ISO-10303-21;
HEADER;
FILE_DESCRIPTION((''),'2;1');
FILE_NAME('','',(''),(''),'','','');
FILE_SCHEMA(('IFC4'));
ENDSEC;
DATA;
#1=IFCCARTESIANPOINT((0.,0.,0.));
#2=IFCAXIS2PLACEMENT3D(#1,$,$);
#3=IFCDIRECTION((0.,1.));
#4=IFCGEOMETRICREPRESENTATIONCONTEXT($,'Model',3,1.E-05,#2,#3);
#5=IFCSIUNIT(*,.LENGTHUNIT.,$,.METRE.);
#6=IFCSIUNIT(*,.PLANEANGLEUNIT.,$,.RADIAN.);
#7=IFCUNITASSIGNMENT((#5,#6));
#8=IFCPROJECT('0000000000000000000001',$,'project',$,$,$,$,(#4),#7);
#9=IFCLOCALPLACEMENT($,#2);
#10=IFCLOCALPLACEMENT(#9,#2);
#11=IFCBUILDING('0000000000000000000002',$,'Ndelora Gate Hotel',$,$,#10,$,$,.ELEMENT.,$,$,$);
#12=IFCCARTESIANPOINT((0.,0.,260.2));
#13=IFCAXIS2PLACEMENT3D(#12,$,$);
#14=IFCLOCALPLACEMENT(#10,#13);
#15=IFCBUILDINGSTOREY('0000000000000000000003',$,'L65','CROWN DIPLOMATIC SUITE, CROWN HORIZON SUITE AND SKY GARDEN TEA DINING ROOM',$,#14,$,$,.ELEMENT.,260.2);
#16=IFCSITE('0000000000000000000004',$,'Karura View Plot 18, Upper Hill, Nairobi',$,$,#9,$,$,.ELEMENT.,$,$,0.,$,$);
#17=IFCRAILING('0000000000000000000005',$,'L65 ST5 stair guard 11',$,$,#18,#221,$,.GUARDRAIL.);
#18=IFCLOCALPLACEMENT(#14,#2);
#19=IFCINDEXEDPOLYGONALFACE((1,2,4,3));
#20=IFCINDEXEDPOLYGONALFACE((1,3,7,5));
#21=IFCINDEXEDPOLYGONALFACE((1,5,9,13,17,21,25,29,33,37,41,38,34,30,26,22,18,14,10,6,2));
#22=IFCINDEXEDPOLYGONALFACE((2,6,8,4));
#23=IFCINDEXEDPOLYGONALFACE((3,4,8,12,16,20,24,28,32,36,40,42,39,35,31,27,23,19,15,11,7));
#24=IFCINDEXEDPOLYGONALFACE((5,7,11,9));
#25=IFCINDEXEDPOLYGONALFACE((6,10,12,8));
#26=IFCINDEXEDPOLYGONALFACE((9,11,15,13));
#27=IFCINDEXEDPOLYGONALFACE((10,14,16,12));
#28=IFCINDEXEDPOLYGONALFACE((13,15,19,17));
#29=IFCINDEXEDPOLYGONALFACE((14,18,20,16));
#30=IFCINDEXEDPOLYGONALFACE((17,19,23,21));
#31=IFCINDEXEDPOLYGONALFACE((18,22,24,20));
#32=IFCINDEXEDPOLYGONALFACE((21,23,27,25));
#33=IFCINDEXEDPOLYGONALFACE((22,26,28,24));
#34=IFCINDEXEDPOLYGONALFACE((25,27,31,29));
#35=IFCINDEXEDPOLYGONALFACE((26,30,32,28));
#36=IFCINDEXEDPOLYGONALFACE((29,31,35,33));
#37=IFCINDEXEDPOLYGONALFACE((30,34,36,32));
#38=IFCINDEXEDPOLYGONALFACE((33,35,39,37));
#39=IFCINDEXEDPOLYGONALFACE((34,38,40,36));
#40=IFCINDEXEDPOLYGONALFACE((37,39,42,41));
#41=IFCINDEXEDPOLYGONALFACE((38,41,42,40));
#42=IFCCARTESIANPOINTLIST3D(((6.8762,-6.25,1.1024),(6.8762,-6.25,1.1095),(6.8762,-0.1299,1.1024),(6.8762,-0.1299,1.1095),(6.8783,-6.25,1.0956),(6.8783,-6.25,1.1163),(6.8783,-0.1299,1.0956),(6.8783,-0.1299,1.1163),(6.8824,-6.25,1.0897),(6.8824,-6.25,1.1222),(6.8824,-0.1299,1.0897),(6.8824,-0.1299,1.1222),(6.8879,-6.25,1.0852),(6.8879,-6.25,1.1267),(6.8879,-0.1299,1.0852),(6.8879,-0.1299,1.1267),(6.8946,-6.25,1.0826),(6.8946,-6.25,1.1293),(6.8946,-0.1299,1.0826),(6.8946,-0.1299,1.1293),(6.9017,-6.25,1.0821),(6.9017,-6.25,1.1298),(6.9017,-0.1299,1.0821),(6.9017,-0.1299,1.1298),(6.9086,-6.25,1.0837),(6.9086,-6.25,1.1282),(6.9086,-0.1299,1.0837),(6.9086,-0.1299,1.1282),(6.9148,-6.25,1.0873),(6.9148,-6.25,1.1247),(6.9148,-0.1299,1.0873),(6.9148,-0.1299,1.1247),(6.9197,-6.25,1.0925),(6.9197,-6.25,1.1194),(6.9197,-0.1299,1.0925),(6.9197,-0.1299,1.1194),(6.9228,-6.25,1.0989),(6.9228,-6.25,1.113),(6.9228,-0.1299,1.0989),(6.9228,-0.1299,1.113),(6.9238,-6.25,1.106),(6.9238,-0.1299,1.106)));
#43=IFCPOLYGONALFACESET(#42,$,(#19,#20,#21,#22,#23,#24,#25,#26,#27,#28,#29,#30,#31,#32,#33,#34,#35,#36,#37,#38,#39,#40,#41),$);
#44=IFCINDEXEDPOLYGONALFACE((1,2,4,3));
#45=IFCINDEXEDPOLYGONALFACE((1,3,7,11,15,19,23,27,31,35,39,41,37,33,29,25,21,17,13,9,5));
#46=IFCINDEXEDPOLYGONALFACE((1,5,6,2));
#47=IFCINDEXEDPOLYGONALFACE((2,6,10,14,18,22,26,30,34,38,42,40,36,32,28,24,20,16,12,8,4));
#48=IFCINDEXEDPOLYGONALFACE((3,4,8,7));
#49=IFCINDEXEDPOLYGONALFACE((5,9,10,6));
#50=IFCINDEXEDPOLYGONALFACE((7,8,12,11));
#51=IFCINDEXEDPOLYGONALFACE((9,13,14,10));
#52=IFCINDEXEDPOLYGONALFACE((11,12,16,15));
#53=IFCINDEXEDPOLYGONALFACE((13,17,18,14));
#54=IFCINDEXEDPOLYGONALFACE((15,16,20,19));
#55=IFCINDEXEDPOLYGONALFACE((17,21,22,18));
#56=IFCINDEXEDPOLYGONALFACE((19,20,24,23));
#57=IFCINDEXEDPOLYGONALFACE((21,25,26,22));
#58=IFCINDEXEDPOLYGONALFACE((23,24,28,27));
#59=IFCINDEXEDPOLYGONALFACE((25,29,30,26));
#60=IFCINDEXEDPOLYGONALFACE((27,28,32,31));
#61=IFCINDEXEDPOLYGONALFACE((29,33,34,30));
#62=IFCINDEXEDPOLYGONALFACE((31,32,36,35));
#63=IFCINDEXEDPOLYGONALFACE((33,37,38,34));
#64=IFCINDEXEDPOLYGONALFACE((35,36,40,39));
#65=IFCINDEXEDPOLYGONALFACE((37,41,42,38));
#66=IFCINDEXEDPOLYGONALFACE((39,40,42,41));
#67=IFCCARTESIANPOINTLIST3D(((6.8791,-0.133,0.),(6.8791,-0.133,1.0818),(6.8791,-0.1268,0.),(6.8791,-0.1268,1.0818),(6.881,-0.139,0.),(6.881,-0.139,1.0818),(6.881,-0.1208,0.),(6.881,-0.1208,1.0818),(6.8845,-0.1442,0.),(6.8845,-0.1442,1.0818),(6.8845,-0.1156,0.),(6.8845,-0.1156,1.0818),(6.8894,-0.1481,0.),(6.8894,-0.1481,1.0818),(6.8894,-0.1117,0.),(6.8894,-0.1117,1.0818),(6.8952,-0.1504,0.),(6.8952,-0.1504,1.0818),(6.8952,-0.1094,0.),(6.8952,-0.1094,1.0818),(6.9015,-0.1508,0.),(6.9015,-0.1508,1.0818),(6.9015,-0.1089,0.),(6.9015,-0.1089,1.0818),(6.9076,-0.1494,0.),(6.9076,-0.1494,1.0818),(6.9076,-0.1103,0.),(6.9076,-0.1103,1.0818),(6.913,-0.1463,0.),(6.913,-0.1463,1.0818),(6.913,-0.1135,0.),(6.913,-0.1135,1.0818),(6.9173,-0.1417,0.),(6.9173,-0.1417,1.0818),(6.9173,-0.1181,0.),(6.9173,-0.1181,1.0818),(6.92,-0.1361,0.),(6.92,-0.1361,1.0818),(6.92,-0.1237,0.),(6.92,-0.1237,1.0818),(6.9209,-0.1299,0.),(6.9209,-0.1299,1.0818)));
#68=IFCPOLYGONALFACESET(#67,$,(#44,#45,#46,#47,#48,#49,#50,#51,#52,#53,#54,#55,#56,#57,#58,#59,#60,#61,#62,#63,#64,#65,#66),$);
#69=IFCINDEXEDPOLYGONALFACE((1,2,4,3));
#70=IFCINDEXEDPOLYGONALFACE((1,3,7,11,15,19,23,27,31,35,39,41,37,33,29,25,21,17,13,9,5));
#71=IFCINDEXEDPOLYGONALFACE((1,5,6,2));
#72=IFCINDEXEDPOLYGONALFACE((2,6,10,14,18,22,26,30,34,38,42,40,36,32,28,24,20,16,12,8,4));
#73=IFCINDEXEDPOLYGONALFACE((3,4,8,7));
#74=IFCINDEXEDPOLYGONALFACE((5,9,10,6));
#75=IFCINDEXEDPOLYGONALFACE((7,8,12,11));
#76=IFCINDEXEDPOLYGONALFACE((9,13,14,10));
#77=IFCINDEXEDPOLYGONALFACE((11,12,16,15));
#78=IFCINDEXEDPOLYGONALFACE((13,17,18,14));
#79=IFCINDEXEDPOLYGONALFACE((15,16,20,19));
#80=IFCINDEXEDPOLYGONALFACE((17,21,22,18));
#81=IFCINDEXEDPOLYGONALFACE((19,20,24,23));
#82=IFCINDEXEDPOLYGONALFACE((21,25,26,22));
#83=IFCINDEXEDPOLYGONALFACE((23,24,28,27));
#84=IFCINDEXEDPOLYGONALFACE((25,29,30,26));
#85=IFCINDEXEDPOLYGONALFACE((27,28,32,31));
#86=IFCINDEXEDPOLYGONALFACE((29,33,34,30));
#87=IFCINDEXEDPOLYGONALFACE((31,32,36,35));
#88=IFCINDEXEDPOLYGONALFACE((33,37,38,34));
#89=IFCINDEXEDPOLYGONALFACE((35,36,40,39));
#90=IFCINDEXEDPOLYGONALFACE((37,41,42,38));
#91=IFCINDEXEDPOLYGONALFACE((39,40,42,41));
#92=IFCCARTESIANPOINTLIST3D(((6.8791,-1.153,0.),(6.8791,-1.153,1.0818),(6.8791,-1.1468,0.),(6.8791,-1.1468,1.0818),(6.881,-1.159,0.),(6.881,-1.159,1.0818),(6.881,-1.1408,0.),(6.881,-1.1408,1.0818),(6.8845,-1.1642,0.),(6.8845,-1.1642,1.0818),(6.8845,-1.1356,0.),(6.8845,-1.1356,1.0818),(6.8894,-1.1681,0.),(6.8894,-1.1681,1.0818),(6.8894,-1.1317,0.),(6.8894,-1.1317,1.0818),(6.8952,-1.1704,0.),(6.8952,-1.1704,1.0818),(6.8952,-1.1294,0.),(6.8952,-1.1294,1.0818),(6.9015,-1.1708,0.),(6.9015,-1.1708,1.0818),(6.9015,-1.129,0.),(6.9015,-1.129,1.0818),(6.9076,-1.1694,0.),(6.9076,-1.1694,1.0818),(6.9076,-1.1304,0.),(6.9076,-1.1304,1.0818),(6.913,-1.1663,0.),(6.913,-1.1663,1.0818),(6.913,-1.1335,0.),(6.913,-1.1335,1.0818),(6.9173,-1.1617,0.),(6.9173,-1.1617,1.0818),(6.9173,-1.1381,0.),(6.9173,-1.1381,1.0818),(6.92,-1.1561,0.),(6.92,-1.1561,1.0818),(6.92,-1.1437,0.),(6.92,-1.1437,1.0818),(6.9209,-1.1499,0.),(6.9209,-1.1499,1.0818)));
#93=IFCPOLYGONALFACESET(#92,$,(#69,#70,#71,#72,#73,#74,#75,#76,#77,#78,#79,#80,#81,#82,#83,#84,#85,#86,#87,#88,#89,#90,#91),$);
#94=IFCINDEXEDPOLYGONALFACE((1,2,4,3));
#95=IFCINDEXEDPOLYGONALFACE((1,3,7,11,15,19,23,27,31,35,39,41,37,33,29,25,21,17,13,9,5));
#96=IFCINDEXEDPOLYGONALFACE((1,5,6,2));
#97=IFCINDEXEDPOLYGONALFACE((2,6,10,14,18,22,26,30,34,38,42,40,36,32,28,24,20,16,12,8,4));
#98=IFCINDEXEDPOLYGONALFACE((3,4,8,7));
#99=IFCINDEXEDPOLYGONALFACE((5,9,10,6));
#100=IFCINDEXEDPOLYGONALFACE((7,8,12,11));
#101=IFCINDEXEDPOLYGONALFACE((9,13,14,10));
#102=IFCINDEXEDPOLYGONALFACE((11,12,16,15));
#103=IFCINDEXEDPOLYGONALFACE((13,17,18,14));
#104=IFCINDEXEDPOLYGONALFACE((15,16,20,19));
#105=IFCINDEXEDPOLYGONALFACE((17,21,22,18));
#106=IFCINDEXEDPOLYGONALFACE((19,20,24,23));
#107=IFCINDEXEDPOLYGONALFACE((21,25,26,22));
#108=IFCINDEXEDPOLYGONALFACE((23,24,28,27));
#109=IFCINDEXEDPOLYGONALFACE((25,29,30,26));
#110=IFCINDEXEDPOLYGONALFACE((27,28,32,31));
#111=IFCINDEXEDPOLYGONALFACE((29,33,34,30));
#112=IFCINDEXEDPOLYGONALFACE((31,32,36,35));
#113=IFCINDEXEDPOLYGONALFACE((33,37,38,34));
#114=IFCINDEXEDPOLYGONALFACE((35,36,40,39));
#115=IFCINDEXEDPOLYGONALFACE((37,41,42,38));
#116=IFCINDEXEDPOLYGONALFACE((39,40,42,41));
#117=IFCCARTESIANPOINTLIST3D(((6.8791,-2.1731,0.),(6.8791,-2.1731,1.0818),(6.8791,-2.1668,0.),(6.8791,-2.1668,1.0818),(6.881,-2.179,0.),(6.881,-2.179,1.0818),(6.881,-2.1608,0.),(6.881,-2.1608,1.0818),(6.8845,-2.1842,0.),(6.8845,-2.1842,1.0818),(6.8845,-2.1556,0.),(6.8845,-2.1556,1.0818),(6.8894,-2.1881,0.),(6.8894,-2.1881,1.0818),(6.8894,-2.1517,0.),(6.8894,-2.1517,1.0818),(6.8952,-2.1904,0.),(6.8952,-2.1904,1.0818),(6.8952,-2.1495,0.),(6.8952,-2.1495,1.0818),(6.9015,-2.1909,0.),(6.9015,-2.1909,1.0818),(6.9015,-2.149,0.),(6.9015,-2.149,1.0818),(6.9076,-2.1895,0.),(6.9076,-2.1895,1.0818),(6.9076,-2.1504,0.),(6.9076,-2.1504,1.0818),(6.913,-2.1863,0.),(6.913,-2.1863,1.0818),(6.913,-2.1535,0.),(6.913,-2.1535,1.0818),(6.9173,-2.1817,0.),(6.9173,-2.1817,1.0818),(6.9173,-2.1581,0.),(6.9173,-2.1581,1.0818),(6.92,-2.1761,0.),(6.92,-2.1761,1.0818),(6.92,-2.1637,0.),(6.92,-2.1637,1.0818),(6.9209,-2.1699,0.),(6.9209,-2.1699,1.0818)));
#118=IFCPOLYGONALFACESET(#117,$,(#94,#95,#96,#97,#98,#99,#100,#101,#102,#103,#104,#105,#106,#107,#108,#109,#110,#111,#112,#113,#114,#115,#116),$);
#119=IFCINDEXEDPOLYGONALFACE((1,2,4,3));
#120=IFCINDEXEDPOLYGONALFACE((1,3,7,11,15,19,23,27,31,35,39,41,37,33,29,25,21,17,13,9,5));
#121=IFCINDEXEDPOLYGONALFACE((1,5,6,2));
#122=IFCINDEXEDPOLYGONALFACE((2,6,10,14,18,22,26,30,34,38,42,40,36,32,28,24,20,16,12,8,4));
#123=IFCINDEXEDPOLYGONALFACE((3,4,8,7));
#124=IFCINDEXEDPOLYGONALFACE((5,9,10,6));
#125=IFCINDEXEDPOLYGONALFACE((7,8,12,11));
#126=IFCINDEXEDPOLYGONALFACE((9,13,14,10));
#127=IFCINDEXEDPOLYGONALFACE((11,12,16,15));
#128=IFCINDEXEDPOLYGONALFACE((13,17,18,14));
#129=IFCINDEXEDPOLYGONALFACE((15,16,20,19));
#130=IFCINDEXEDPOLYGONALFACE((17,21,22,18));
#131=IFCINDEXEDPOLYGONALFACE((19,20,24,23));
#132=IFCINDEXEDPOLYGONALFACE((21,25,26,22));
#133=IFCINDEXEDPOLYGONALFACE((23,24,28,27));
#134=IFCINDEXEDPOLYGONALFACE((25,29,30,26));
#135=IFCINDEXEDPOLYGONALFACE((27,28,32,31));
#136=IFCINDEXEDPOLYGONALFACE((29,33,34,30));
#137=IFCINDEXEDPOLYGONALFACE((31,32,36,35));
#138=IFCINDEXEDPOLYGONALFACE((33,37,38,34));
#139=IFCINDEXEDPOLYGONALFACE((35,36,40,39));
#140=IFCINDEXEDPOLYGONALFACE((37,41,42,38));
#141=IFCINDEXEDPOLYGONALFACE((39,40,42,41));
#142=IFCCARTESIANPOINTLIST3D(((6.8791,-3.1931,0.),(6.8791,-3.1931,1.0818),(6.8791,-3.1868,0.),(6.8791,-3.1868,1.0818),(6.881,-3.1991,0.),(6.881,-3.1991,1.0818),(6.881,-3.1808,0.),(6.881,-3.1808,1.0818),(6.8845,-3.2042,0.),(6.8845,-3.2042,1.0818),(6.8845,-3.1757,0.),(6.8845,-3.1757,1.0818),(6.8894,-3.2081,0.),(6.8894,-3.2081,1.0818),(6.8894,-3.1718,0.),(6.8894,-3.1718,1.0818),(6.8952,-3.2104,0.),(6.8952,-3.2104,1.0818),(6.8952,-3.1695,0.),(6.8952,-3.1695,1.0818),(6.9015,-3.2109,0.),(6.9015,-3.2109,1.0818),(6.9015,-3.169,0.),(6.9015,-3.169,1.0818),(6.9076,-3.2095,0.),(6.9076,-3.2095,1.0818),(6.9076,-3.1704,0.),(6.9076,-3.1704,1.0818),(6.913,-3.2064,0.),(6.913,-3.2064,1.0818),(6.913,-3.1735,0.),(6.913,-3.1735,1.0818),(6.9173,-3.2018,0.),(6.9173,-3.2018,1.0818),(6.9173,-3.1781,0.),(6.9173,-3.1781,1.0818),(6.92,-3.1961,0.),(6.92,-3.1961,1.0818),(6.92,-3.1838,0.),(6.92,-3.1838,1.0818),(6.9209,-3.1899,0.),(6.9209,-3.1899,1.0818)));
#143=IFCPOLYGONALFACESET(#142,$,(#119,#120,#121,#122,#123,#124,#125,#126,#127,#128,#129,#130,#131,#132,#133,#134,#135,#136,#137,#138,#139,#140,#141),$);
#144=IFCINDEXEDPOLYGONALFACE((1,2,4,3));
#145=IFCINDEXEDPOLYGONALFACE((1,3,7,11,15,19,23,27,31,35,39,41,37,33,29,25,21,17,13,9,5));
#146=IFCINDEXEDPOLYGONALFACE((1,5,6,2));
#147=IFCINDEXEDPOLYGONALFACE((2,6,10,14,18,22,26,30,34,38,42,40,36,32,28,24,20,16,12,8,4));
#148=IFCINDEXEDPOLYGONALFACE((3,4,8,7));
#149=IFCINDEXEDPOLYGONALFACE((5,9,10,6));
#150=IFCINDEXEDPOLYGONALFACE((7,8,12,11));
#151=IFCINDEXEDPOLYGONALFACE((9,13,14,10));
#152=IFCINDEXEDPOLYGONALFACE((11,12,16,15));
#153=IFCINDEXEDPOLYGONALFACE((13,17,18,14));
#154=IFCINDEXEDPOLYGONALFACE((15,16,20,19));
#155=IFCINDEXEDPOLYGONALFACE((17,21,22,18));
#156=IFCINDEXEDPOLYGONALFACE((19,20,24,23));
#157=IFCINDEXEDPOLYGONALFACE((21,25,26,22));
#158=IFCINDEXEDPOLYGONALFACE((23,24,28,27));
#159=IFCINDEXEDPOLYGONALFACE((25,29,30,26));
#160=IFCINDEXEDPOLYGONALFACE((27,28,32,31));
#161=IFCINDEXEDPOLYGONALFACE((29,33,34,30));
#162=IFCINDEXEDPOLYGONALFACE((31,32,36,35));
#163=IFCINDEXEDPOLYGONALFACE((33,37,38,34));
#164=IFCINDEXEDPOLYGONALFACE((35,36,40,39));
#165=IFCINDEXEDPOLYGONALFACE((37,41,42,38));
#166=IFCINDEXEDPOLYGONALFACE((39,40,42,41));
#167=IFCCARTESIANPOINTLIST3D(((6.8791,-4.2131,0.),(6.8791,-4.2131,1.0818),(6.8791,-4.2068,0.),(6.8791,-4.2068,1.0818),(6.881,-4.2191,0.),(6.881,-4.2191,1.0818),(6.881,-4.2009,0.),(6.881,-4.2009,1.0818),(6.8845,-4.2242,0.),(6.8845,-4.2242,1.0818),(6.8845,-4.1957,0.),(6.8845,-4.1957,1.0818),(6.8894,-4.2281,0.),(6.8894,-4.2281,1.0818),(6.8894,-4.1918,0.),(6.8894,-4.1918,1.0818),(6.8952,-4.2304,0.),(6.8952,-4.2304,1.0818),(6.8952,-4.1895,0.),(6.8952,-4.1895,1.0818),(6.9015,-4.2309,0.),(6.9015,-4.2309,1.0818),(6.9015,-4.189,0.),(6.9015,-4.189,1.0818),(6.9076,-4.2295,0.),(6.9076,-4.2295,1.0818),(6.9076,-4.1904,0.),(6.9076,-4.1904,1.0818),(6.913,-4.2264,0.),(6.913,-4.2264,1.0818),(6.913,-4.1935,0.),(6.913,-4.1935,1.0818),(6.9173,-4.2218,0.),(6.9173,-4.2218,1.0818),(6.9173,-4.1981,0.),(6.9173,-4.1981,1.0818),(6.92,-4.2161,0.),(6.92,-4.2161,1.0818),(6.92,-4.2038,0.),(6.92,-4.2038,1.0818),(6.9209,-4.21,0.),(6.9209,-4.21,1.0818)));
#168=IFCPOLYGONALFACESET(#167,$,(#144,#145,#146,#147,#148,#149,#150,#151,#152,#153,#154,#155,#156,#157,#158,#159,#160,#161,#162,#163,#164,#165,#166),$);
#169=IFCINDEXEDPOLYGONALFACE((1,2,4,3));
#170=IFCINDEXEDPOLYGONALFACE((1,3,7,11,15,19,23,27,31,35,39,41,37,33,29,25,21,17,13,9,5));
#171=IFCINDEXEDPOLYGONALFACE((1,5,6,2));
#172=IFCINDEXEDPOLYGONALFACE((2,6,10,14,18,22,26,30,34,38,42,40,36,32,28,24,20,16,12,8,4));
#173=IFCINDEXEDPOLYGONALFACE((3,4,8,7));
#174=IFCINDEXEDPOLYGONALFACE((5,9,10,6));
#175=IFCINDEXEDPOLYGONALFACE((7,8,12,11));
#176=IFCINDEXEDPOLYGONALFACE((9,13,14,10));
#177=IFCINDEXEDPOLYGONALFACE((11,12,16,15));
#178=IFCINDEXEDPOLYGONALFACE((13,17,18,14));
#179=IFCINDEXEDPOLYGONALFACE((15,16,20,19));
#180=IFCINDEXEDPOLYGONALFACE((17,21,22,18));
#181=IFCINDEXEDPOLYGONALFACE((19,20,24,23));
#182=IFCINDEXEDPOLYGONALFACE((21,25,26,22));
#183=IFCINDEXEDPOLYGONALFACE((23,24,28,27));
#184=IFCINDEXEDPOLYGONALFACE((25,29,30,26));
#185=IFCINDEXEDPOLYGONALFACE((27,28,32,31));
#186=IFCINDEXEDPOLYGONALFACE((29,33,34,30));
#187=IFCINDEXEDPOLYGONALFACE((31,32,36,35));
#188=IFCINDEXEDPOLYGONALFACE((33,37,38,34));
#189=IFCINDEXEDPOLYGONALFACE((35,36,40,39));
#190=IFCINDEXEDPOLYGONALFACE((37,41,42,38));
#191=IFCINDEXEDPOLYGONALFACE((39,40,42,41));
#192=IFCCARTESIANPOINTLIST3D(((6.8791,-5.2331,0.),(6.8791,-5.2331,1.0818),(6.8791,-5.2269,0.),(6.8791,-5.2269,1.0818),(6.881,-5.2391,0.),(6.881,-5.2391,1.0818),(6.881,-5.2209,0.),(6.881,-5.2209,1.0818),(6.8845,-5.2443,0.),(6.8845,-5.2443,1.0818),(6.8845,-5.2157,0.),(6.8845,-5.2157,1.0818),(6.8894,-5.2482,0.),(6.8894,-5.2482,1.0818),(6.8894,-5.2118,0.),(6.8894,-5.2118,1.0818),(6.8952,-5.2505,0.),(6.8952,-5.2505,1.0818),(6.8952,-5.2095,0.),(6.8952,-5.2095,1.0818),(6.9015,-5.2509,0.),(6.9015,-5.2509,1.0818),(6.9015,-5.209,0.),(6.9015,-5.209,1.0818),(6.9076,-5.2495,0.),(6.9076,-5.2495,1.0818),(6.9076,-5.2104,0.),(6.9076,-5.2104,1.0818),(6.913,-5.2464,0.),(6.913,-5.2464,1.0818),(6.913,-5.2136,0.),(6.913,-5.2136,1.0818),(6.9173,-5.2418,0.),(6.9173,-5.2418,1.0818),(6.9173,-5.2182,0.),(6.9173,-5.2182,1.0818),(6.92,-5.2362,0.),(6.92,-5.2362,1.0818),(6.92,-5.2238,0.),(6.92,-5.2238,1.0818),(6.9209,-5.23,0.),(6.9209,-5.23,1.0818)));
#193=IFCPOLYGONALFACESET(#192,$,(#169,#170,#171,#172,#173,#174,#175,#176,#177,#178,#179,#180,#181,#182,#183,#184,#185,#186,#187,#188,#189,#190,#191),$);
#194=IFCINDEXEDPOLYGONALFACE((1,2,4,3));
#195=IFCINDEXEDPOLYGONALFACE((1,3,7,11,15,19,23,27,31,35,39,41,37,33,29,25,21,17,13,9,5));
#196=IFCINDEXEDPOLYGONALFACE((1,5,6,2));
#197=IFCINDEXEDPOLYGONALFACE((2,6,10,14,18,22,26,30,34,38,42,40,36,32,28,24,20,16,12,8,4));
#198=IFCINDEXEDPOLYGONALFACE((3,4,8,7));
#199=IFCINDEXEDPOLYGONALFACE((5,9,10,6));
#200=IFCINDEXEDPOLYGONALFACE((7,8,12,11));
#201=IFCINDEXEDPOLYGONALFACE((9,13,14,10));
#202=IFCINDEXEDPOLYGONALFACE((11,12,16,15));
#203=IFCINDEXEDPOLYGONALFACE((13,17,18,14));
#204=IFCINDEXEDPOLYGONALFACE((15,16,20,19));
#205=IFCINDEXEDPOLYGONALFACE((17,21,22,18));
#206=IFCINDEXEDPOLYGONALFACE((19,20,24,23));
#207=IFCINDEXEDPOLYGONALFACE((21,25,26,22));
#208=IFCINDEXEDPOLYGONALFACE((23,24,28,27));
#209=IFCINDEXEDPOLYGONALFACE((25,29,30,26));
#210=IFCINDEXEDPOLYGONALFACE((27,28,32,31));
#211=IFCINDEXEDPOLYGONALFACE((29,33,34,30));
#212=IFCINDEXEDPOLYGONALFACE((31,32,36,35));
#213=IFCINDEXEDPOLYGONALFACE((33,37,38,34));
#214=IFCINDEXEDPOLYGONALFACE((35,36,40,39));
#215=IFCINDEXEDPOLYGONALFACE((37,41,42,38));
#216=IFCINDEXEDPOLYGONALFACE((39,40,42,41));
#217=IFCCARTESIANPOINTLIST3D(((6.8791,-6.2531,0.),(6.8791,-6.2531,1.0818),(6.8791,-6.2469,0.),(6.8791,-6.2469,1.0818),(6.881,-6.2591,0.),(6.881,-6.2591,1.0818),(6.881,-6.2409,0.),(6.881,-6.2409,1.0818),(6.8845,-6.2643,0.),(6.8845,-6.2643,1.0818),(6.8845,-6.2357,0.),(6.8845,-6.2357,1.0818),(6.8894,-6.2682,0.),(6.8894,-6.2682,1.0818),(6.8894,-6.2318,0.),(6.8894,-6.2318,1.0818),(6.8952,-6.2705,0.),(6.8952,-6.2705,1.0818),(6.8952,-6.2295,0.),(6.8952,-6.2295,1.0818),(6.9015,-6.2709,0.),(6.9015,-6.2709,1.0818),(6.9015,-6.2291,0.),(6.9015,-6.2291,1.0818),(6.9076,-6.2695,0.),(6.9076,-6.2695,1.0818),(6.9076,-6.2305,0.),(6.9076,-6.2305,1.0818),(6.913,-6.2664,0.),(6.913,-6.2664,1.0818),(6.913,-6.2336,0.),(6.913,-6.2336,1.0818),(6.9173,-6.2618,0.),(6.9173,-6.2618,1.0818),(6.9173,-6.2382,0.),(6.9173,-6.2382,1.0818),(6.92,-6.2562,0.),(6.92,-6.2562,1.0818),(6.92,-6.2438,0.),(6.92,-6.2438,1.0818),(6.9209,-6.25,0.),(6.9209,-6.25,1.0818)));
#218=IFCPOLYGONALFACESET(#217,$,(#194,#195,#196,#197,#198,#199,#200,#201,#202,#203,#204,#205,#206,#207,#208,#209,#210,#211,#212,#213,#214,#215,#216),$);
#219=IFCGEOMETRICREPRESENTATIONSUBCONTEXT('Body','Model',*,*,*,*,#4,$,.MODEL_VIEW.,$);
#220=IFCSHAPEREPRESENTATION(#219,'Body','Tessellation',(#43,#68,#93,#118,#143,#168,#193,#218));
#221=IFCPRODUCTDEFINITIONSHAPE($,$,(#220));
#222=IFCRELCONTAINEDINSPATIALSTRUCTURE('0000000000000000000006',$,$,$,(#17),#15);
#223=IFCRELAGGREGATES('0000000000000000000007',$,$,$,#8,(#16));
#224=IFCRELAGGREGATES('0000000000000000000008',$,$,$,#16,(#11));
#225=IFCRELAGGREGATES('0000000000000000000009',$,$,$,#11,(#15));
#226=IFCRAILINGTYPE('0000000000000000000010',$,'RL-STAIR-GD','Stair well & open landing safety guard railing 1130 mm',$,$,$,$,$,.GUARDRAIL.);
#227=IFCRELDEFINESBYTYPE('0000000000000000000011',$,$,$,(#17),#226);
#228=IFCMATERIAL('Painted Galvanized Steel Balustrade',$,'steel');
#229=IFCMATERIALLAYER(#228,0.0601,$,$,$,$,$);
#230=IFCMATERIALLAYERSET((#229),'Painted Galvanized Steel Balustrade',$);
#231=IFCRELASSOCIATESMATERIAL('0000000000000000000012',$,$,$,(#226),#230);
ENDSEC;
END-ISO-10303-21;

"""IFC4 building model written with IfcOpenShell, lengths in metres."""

from ifc_helpers import new_model, si_unit, direction, frame, origin, origin_2d, place, context, subcontext, project, spatial, circle, extrude, material, layer, layer_set, type_object, element, save


model = new_model("IFC4")

# Units and contexts
model_context = context("Model", 3, precision=1e-05, world=origin(), true_north=direction((0.0, 1.0)))
body_context = subcontext(model_context, "Body", "Model", "MODEL_VIEW")
ifc_project = project(units=[si_unit("LENGTHUNIT", "METRE"), si_unit("PLANEANGLEUNIT", "RADIAN")], contexts=[model_context])

# Site, building, storey
site_placement = place(None, origin())
site = spatial("IfcSite", under=ifc_project, at=site_placement, Name="Karura View Plot 18, Upper Hill, Nairobi", CompositionType="ELEMENT", RefElevation=0.0)
building_placement = place(site_placement, origin())
building = spatial("IfcBuilding", under=site, at=building_placement, Name="Ndelora Gate Hotel", CompositionType="ELEMENT")
storey_placement = place(building_placement, frame((0.0, 0.0, 260.2)))
storey = spatial("IfcBuildingStorey", under=building, at=storey_placement, Name="L65", Description="CROWN DIPLOMATIC SUITE, CROWN HORIZON SUITE AND SKY GARDEN TEA DINING ROOM", CompositionType="ELEMENT", Elevation=260.2)

# Railing
ifc_material_1 = material(Name="Painted Galvanized Steel Balustrade", Category="steel")
ifc_layer_1 = layer(ifc_material_1, 0.0601)
ifc_layer_set_1 = layer_set([ifc_layer_1], Name="Painted Galvanized Steel Balustrade")
railing_type = type_object("IfcRailingType", Name="RL-STAIR-GD", Description="Stair well & open landing safety guard railing 1130 mm", PredefinedType="GUARDRAIL", material=ifc_layer_set_1)
railing_1_placement = place(storey_placement, frame((6.8999, -0.1299, 0.0)))
element("IfcRailing", 1, at=railing_1_placement, inside=storey, type_object=railing_type, Name="L65 ST5 stair guard 11", PredefinedType="GUARDRAIL", context=body_context, shape_type="SweptSolid", body=[
    extrude(circle(Radius=0.0239, at=origin_2d()), frame((0.0, 0.0, 1.106), z_axis=(0.0, -1.0, 0.0), x_axis=(1.0, 0.0, 0.0)), (0.0, 0.0, 1.0), 6.1201),
    extrude(circle(Radius=0.021, at=origin_2d()), origin(), (0.0, 0.0, 1.0), 1.0818),
    extrude(circle(Radius=0.021, at=origin_2d()), frame((0.0, -1.02, 0.0)), (0.0, 0.0, 1.0), 1.0818),
    extrude(circle(Radius=0.021, at=origin_2d()), frame((0.0, -2.04, 0.0)), (0.0, 0.0, 1.0), 1.0818),
    extrude(circle(Radius=0.021, at=origin_2d()), frame((0.0, -3.0601, 0.0)), (0.0, 0.0, 1.0), 1.0818),
    extrude(circle(Radius=0.021, at=origin_2d()), frame((0.0, -4.0801, 0.0)), (0.0, 0.0, 1.0), 1.0818),
    extrude(circle(Radius=0.021, at=origin_2d()), frame((0.0, -5.1001, 0.0)), (0.0, 0.0, 1.0), 1.0818),
    extrude(circle(Radius=0.021, at=origin_2d()), frame((0.0, -6.1201, 0.0)), (0.0, 0.0, 1.0), 1.0818),
])

save(model, "model.ifc")
